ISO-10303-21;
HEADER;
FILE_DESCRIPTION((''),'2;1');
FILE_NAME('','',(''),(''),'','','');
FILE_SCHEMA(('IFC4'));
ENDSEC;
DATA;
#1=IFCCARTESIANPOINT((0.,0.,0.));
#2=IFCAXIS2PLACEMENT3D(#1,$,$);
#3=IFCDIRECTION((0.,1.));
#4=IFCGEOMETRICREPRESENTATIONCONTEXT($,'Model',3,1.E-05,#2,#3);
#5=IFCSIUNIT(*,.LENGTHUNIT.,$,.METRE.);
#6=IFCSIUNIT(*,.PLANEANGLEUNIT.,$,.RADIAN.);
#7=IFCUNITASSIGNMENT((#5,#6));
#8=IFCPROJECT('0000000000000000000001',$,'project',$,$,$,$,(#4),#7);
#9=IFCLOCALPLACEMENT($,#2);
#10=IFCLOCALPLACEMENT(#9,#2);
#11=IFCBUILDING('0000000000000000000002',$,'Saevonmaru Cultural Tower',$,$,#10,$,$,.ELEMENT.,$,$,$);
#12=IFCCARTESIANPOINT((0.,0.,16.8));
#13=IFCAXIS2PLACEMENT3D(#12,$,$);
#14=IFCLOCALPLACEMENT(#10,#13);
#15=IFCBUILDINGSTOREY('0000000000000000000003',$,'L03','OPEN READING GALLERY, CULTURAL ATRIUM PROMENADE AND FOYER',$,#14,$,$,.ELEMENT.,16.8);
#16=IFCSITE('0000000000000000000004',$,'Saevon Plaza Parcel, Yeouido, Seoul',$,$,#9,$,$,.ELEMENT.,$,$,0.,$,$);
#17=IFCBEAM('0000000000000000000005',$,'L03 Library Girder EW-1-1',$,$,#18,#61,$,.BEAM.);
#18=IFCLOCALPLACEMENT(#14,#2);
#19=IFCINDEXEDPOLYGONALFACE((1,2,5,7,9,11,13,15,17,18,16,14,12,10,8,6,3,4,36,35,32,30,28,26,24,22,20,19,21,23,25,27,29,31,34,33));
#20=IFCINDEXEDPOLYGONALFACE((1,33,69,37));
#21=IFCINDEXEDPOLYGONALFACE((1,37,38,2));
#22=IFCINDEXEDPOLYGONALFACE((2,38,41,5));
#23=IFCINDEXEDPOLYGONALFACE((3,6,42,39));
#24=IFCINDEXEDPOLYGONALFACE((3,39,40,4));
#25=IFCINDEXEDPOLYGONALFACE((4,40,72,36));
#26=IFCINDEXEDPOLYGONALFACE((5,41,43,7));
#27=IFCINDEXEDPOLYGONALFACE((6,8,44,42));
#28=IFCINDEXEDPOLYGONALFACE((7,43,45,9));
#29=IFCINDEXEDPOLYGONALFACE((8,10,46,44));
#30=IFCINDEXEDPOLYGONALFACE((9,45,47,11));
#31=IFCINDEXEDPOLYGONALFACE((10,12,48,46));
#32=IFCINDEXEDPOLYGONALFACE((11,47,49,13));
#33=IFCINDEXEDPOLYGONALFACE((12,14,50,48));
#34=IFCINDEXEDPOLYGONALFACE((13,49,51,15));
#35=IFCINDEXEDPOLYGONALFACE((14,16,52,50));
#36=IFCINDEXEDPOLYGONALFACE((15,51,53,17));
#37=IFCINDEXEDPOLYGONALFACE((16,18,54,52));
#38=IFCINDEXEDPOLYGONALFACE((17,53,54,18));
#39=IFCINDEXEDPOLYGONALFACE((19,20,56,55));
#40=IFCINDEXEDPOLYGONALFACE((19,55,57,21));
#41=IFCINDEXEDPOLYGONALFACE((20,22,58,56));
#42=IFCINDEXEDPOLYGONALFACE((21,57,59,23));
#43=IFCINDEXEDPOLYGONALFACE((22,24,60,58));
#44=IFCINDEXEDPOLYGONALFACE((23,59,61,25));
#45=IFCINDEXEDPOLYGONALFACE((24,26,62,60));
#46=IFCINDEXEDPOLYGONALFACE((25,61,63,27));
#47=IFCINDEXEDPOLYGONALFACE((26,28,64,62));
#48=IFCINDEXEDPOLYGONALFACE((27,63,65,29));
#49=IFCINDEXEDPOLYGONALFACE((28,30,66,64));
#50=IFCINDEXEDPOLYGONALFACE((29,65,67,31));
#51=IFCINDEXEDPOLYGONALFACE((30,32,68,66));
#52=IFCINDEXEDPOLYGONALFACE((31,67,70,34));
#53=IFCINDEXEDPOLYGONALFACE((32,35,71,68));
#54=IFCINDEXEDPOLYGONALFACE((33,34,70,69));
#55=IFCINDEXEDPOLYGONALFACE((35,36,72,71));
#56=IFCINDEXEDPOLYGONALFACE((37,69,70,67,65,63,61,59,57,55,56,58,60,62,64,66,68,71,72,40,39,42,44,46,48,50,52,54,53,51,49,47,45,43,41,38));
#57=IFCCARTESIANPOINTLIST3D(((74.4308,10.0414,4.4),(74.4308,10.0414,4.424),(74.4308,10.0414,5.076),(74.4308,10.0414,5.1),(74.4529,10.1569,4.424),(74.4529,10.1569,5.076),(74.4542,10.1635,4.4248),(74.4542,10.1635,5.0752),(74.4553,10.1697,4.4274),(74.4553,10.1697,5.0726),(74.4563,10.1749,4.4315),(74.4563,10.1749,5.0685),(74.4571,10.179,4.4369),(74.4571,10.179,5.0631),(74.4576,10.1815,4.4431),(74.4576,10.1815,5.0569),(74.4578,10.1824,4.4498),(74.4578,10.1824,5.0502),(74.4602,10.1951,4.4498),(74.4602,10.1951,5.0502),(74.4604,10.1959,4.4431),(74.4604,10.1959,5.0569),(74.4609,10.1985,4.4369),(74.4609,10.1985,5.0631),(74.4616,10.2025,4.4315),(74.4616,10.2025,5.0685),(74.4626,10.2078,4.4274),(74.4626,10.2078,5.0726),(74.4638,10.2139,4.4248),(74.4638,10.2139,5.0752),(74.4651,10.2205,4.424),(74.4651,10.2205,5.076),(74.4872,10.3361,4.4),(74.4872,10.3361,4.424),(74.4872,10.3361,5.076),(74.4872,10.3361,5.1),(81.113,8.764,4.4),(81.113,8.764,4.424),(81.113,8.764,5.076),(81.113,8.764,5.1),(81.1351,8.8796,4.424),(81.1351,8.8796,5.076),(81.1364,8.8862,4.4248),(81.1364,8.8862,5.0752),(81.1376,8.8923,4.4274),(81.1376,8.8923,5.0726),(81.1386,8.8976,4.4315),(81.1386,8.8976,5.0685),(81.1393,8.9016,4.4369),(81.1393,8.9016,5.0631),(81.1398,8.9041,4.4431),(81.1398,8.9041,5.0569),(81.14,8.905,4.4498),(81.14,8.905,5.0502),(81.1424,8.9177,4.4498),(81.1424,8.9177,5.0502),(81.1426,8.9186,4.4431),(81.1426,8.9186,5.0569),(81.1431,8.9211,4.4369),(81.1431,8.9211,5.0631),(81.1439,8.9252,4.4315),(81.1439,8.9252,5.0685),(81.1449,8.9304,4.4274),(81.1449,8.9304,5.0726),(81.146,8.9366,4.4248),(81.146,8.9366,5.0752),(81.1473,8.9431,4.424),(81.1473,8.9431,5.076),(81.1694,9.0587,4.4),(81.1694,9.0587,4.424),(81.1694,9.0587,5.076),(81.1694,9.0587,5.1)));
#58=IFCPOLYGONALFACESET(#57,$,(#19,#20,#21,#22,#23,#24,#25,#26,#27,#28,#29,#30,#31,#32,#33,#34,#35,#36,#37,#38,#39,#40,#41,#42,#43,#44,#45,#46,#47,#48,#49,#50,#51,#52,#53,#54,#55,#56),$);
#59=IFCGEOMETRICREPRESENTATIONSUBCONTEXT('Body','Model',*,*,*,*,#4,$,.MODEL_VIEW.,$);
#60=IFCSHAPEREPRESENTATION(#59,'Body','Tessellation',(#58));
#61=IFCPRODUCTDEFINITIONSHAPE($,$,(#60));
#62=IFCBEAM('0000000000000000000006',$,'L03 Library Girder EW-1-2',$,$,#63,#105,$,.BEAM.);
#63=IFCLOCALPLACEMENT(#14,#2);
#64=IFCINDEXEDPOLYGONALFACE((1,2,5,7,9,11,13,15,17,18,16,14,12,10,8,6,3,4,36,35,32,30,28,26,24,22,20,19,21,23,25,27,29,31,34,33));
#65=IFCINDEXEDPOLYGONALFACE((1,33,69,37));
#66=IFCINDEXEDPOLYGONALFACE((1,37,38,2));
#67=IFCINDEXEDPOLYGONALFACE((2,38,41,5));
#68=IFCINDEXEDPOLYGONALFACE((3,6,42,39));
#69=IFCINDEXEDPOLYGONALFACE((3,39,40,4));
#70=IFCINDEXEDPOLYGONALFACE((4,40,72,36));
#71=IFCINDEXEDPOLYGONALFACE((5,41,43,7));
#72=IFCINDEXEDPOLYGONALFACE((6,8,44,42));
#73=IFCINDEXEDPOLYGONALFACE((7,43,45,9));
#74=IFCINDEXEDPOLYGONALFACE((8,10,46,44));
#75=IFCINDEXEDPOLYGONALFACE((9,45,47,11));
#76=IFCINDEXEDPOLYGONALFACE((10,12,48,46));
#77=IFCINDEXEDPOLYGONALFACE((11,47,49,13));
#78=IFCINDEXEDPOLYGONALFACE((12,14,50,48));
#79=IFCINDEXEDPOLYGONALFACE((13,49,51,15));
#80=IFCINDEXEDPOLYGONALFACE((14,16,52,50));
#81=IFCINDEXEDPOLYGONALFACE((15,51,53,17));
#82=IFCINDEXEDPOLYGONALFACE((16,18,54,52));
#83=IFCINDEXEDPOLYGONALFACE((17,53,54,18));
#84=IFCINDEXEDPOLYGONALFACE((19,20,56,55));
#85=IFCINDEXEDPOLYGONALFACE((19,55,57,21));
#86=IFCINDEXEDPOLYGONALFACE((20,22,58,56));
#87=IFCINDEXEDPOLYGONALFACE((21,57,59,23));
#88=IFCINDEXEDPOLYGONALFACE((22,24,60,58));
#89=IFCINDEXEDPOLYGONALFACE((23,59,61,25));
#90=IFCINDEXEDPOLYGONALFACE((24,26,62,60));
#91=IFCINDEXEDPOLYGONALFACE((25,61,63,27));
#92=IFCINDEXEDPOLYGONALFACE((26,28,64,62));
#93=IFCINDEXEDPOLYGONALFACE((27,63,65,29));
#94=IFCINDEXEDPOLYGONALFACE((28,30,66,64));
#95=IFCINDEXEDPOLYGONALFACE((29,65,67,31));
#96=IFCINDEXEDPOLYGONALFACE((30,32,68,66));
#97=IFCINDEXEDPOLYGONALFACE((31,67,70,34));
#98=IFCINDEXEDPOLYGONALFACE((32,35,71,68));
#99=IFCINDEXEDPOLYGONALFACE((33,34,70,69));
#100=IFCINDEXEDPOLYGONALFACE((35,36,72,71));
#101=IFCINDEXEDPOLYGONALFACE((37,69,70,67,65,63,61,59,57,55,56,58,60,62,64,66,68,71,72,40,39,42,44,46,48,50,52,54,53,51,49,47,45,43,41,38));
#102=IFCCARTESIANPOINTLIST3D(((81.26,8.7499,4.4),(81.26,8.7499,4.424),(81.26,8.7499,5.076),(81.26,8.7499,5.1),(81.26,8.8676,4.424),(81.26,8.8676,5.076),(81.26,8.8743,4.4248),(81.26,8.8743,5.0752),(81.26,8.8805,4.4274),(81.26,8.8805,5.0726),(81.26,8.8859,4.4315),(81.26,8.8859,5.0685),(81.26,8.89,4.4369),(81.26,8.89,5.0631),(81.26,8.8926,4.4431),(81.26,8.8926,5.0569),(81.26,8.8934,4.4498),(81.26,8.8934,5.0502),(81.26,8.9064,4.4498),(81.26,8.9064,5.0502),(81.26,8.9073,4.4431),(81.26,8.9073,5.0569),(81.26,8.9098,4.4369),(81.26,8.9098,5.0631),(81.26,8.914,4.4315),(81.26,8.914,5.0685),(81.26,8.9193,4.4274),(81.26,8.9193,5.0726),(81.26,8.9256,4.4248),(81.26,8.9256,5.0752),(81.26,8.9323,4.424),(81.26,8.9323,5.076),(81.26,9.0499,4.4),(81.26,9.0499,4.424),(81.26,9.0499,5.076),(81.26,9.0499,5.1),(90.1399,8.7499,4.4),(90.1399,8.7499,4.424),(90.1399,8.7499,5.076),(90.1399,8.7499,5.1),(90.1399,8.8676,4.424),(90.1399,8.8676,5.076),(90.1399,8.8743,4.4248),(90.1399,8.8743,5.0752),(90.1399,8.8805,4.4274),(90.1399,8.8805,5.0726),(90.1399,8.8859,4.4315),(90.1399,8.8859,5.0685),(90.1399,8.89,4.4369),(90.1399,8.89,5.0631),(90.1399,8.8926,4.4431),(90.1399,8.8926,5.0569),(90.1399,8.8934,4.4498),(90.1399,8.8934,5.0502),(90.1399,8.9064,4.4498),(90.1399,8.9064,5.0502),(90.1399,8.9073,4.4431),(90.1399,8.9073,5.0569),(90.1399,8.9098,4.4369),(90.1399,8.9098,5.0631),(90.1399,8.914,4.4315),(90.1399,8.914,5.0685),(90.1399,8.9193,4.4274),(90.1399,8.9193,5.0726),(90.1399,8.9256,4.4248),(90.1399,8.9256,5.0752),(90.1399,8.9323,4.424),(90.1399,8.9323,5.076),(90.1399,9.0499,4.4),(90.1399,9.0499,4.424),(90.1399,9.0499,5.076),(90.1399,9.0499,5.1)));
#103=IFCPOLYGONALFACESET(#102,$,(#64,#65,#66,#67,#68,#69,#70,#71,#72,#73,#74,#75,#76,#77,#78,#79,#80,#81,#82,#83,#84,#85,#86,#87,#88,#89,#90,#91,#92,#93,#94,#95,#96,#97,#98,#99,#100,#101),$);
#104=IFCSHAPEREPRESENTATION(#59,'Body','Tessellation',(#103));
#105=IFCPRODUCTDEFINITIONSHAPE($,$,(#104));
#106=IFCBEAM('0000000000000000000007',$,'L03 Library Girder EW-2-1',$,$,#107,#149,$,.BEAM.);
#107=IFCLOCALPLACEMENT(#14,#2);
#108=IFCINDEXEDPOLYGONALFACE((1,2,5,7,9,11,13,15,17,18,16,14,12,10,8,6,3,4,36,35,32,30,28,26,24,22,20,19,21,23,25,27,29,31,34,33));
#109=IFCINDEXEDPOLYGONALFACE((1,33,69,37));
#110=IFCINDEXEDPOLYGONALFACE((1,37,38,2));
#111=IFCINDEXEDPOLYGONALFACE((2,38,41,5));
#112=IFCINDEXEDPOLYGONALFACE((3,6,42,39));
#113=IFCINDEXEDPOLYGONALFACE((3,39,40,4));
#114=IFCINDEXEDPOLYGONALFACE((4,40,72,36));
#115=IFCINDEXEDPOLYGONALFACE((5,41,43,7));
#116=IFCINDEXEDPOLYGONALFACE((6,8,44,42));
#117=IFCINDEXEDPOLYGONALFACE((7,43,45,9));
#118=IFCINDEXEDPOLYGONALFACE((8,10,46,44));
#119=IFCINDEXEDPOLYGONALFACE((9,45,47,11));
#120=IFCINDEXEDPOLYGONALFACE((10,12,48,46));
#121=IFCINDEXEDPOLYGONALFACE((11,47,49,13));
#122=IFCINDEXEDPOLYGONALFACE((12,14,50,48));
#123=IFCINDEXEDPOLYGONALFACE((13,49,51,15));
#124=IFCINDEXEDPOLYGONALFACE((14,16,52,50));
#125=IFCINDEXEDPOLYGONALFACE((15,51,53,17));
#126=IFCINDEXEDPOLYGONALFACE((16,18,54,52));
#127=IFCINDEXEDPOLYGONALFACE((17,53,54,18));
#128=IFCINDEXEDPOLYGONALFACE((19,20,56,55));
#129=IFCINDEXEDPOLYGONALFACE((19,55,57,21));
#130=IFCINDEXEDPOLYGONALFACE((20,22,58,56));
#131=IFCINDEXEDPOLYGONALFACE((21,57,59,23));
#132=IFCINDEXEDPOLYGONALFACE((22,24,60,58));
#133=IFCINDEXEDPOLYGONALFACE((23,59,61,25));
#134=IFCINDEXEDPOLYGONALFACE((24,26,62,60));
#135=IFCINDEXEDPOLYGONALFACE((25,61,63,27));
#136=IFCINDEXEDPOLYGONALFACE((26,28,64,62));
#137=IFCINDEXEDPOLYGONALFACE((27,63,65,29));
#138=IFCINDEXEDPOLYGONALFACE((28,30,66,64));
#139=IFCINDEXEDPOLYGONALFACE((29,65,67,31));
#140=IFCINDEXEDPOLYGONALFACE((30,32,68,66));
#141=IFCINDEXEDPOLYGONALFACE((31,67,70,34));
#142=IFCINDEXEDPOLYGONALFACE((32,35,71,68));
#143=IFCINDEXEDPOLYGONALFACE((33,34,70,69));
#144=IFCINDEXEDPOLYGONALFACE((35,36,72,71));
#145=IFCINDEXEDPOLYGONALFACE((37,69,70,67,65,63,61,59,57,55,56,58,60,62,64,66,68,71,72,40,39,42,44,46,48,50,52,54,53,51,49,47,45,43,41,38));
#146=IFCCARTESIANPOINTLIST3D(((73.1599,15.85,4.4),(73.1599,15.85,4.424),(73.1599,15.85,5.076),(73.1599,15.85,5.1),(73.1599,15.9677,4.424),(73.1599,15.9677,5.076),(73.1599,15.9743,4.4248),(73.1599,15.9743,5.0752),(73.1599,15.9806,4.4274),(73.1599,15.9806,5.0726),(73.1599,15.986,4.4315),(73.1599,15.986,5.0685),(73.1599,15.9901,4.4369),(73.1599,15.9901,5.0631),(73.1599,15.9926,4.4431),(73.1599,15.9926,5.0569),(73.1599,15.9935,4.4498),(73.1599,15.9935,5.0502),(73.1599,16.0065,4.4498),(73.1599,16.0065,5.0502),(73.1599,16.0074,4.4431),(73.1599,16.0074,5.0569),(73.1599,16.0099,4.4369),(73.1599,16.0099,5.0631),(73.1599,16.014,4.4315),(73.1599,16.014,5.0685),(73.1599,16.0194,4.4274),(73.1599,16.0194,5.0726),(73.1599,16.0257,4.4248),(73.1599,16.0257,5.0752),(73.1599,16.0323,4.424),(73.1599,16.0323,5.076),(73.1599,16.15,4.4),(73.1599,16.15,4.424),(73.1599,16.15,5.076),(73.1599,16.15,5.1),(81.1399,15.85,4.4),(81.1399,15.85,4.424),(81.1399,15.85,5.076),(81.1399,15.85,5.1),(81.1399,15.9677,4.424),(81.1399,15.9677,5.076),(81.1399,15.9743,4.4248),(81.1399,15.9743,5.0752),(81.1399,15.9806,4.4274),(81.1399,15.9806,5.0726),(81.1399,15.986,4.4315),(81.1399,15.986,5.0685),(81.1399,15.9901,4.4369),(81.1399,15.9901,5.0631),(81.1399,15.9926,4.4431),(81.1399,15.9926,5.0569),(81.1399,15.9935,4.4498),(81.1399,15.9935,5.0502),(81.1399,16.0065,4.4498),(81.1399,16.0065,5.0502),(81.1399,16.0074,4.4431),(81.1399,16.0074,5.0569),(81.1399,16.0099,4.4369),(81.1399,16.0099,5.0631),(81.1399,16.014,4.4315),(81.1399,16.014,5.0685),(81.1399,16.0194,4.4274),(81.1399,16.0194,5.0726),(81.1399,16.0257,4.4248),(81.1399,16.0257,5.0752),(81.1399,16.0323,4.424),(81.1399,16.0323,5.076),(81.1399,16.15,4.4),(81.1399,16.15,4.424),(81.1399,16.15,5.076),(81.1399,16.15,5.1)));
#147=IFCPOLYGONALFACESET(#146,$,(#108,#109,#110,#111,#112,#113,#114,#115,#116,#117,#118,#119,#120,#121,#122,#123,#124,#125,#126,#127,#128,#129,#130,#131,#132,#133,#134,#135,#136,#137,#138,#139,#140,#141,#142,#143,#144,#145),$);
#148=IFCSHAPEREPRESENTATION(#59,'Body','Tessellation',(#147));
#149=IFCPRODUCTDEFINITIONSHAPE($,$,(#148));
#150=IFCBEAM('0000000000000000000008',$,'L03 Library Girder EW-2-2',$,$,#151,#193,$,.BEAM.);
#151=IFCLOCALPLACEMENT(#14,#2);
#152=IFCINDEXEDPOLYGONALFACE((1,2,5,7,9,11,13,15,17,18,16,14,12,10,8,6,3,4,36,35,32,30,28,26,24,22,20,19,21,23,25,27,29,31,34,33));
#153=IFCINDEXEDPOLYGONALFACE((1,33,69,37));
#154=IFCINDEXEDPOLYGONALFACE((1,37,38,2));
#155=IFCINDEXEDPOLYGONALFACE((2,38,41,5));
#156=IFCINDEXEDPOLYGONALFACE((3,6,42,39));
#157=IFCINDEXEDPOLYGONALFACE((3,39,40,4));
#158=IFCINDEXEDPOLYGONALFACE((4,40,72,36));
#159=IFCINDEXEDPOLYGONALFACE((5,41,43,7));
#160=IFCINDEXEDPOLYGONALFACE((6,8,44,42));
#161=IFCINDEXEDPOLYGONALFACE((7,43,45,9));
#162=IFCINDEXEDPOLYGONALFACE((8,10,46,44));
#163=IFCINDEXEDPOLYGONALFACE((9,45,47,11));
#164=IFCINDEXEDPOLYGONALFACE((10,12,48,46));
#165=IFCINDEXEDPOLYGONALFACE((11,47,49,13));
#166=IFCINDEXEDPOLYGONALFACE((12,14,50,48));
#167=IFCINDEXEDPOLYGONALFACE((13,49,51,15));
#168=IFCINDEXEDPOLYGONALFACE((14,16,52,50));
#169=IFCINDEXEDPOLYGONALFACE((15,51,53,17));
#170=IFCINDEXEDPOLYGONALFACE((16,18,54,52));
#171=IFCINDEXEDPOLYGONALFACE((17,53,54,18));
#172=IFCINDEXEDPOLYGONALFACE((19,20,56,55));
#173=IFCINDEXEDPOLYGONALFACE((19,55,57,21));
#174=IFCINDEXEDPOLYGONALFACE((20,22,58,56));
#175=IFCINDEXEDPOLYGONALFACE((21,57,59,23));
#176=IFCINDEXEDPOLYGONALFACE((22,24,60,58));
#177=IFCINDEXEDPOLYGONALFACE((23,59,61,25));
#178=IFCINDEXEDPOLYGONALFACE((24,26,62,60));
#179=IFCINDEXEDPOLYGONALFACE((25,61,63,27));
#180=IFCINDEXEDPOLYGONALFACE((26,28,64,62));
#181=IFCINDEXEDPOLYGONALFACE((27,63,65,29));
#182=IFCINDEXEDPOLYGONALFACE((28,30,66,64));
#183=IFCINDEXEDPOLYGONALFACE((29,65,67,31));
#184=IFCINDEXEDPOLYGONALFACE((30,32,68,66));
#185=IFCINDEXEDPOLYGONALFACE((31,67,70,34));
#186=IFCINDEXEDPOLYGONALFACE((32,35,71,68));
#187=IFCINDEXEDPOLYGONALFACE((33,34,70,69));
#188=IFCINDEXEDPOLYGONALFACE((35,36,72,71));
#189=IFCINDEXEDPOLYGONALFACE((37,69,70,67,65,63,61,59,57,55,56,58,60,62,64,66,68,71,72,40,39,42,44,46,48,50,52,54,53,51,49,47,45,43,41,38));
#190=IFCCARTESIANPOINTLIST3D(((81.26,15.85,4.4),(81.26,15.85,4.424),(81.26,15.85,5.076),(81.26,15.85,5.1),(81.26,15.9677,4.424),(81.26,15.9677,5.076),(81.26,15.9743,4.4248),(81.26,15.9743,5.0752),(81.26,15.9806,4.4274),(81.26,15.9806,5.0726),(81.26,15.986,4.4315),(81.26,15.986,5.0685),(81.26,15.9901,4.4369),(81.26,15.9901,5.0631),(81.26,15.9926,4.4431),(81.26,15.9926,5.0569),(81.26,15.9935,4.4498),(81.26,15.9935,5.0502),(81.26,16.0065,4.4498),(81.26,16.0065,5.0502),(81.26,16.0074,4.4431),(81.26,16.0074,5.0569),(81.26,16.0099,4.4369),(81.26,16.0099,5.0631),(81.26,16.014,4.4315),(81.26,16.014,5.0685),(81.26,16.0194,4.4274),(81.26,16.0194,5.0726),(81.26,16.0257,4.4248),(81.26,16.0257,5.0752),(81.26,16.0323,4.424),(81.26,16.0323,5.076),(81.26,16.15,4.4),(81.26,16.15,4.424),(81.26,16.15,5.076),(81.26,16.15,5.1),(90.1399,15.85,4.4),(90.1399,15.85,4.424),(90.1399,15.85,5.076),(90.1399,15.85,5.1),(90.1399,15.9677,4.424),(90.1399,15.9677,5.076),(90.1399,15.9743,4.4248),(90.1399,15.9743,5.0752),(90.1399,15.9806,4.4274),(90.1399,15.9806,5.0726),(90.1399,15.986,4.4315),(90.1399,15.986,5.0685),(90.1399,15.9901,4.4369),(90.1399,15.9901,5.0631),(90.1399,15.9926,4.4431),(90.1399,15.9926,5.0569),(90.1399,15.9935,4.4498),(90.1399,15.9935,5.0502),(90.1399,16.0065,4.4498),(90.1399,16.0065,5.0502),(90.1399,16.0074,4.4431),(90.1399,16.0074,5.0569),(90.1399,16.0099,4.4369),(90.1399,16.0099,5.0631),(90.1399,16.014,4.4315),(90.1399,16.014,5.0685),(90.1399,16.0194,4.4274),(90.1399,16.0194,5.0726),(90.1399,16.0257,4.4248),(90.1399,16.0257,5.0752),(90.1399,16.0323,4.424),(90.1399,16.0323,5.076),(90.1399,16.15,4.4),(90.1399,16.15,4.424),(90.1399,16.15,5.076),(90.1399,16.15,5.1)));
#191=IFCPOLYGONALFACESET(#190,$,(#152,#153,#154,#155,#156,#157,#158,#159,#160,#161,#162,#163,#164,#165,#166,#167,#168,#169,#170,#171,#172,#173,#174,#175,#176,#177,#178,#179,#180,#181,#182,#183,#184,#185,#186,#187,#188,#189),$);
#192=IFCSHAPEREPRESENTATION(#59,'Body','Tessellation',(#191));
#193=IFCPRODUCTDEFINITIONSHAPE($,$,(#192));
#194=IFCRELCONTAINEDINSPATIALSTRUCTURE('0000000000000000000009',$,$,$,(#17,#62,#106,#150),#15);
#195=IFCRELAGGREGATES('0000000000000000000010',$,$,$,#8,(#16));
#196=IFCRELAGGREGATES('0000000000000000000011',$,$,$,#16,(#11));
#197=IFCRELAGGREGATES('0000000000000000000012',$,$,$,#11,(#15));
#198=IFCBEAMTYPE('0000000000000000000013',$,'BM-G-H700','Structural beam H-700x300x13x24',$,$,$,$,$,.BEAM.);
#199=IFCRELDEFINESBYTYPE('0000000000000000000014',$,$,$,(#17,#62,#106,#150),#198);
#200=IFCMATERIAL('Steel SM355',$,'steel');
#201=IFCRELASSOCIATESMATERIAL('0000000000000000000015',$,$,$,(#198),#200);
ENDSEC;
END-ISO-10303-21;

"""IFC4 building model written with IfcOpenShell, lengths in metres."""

from ifc_helpers import new_model, si_unit, direction, frame, origin, origin_2d, place, context, subcontext, project, spatial, i_section, extrude, material, material_profile, profile_set, type_object, element, save


model = new_model("IFC4")

# Units and contexts
model_context = context("Model", 3, precision=1e-05, world=origin(), true_north=direction((0.0, 1.0)))
body_context = subcontext(model_context, "Body", "Model", "MODEL_VIEW")
ifc_project = project(units=[si_unit("LENGTHUNIT", "METRE"), si_unit("PLANEANGLEUNIT", "RADIAN")], contexts=[model_context])

# Site, building, storey
site_placement = place(None, origin())
site = spatial("IfcSite", under=ifc_project, at=site_placement, Name="Saevon Plaza Parcel, Yeouido, Seoul", CompositionType="ELEMENT", RefElevation=0.0)
building_placement = place(site_placement, origin())
building = spatial("IfcBuilding", under=site, at=building_placement, Name="Saevonmaru Cultural Tower", CompositionType="ELEMENT")
storey_placement = place(building_placement, frame((0.0, 0.0, 16.8)))
storey = spatial("IfcBuildingStorey", under=building, at=storey_placement, Name="L03", Description="OPEN READING GALLERY, CULTURAL ATRIUM PROMENADE AND FOYER", CompositionType="ELEMENT", Elevation=16.8)

# Shared definitions
ifc_material_1 = material(Name="Steel SM355", Category="steel")

# Beams
ifc_material_profile_1 = material_profile(ifc_material_1, i_section(OverallWidth=0.3, OverallDepth=0.7, WebThickness=0.0129, FlangeThickness=0.0239, FilletRadius=0.0259, at=origin_2d()), Name="H-700x300x13x24")
ifc_profile_set_1 = profile_set([ifc_material_profile_1], Name="Steel SM355")
beam_type_1 = type_object("IfcBeamType", Name="BM-G-H700", Description="Structural beam H-700x300x13x24", PredefinedType="BEAM", material=ifc_profile_set_1)
beam_1_placement = place(storey_placement, frame((74.459, 10.1887, 4.75), z_axis=(0.982215, -0.187758, 0.0), x_axis=(0.187758, 0.982215, 0.0)))
element("IfcBeam", 1, at=beam_1_placement, inside=storey, type_object=beam_type_1, Name="L03 Library Girder EW-1-1", PredefinedType="BEAM", context=body_context, shape_type="SweptSolid", body=[
    extrude(i_section(OverallWidth=0.3, OverallDepth=0.7, WebThickness=0.0129, FlangeThickness=0.0239, FilletRadius=0.0259, at=origin_2d()), origin(), (0.0, 0.0, 1.0), 6.8032),
])
beam_2_placement = place(storey_placement, frame((81.26, 8.8999, 4.75), z_axis=(1.0, 0.0, 0.0), x_axis=(0.0, 1.0, 0.0)))
element("IfcBeam", 2, at=beam_2_placement, inside=storey, type_object=beam_type_1, Name="L03 Library Girder EW-1-2", PredefinedType="BEAM", context=body_context, shape_type="SweptSolid", body=[
    extrude(i_section(OverallWidth=0.3, OverallDepth=0.7, WebThickness=0.0129, FlangeThickness=0.0239, FilletRadius=0.0259, at=origin_2d()), origin(), (0.0, 0.0, 1.0), 8.8799),
])
beam_3_placement = place(storey_placement, frame((73.1599, 16.0, 4.75), z_axis=(1.0, 0.0, 0.0), x_axis=(0.0, 1.0, 0.0)))
element("IfcBeam", 3, at=beam_3_placement, inside=storey, type_object=beam_type_1, Name="L03 Library Girder EW-2-1", PredefinedType="BEAM", context=body_context, shape_type="SweptSolid", body=[
    extrude(i_section(OverallWidth=0.3, OverallDepth=0.7, WebThickness=0.0129, FlangeThickness=0.0239, FilletRadius=0.0259, at=origin_2d()), origin(), (0.0, 0.0, 1.0), 7.98),
])
beam_4_placement = place(storey_placement, frame((81.26, 16.0, 4.75), z_axis=(1.0, 0.0, 0.0), x_axis=(0.0, 1.0, 0.0)))
element("IfcBeam", 4, at=beam_4_placement, inside=storey, type_object=beam_type_1, Name="L03 Library Girder EW-2-2", PredefinedType="BEAM", context=body_context, shape_type="SweptSolid", body=[
    extrude(i_section(OverallWidth=0.3, OverallDepth=0.7, WebThickness=0.0129, FlangeThickness=0.0239, FilletRadius=0.0259, at=origin_2d()), origin(), (0.0, 0.0, 1.0), 8.8799),
])

save(model, "model.ifc")
